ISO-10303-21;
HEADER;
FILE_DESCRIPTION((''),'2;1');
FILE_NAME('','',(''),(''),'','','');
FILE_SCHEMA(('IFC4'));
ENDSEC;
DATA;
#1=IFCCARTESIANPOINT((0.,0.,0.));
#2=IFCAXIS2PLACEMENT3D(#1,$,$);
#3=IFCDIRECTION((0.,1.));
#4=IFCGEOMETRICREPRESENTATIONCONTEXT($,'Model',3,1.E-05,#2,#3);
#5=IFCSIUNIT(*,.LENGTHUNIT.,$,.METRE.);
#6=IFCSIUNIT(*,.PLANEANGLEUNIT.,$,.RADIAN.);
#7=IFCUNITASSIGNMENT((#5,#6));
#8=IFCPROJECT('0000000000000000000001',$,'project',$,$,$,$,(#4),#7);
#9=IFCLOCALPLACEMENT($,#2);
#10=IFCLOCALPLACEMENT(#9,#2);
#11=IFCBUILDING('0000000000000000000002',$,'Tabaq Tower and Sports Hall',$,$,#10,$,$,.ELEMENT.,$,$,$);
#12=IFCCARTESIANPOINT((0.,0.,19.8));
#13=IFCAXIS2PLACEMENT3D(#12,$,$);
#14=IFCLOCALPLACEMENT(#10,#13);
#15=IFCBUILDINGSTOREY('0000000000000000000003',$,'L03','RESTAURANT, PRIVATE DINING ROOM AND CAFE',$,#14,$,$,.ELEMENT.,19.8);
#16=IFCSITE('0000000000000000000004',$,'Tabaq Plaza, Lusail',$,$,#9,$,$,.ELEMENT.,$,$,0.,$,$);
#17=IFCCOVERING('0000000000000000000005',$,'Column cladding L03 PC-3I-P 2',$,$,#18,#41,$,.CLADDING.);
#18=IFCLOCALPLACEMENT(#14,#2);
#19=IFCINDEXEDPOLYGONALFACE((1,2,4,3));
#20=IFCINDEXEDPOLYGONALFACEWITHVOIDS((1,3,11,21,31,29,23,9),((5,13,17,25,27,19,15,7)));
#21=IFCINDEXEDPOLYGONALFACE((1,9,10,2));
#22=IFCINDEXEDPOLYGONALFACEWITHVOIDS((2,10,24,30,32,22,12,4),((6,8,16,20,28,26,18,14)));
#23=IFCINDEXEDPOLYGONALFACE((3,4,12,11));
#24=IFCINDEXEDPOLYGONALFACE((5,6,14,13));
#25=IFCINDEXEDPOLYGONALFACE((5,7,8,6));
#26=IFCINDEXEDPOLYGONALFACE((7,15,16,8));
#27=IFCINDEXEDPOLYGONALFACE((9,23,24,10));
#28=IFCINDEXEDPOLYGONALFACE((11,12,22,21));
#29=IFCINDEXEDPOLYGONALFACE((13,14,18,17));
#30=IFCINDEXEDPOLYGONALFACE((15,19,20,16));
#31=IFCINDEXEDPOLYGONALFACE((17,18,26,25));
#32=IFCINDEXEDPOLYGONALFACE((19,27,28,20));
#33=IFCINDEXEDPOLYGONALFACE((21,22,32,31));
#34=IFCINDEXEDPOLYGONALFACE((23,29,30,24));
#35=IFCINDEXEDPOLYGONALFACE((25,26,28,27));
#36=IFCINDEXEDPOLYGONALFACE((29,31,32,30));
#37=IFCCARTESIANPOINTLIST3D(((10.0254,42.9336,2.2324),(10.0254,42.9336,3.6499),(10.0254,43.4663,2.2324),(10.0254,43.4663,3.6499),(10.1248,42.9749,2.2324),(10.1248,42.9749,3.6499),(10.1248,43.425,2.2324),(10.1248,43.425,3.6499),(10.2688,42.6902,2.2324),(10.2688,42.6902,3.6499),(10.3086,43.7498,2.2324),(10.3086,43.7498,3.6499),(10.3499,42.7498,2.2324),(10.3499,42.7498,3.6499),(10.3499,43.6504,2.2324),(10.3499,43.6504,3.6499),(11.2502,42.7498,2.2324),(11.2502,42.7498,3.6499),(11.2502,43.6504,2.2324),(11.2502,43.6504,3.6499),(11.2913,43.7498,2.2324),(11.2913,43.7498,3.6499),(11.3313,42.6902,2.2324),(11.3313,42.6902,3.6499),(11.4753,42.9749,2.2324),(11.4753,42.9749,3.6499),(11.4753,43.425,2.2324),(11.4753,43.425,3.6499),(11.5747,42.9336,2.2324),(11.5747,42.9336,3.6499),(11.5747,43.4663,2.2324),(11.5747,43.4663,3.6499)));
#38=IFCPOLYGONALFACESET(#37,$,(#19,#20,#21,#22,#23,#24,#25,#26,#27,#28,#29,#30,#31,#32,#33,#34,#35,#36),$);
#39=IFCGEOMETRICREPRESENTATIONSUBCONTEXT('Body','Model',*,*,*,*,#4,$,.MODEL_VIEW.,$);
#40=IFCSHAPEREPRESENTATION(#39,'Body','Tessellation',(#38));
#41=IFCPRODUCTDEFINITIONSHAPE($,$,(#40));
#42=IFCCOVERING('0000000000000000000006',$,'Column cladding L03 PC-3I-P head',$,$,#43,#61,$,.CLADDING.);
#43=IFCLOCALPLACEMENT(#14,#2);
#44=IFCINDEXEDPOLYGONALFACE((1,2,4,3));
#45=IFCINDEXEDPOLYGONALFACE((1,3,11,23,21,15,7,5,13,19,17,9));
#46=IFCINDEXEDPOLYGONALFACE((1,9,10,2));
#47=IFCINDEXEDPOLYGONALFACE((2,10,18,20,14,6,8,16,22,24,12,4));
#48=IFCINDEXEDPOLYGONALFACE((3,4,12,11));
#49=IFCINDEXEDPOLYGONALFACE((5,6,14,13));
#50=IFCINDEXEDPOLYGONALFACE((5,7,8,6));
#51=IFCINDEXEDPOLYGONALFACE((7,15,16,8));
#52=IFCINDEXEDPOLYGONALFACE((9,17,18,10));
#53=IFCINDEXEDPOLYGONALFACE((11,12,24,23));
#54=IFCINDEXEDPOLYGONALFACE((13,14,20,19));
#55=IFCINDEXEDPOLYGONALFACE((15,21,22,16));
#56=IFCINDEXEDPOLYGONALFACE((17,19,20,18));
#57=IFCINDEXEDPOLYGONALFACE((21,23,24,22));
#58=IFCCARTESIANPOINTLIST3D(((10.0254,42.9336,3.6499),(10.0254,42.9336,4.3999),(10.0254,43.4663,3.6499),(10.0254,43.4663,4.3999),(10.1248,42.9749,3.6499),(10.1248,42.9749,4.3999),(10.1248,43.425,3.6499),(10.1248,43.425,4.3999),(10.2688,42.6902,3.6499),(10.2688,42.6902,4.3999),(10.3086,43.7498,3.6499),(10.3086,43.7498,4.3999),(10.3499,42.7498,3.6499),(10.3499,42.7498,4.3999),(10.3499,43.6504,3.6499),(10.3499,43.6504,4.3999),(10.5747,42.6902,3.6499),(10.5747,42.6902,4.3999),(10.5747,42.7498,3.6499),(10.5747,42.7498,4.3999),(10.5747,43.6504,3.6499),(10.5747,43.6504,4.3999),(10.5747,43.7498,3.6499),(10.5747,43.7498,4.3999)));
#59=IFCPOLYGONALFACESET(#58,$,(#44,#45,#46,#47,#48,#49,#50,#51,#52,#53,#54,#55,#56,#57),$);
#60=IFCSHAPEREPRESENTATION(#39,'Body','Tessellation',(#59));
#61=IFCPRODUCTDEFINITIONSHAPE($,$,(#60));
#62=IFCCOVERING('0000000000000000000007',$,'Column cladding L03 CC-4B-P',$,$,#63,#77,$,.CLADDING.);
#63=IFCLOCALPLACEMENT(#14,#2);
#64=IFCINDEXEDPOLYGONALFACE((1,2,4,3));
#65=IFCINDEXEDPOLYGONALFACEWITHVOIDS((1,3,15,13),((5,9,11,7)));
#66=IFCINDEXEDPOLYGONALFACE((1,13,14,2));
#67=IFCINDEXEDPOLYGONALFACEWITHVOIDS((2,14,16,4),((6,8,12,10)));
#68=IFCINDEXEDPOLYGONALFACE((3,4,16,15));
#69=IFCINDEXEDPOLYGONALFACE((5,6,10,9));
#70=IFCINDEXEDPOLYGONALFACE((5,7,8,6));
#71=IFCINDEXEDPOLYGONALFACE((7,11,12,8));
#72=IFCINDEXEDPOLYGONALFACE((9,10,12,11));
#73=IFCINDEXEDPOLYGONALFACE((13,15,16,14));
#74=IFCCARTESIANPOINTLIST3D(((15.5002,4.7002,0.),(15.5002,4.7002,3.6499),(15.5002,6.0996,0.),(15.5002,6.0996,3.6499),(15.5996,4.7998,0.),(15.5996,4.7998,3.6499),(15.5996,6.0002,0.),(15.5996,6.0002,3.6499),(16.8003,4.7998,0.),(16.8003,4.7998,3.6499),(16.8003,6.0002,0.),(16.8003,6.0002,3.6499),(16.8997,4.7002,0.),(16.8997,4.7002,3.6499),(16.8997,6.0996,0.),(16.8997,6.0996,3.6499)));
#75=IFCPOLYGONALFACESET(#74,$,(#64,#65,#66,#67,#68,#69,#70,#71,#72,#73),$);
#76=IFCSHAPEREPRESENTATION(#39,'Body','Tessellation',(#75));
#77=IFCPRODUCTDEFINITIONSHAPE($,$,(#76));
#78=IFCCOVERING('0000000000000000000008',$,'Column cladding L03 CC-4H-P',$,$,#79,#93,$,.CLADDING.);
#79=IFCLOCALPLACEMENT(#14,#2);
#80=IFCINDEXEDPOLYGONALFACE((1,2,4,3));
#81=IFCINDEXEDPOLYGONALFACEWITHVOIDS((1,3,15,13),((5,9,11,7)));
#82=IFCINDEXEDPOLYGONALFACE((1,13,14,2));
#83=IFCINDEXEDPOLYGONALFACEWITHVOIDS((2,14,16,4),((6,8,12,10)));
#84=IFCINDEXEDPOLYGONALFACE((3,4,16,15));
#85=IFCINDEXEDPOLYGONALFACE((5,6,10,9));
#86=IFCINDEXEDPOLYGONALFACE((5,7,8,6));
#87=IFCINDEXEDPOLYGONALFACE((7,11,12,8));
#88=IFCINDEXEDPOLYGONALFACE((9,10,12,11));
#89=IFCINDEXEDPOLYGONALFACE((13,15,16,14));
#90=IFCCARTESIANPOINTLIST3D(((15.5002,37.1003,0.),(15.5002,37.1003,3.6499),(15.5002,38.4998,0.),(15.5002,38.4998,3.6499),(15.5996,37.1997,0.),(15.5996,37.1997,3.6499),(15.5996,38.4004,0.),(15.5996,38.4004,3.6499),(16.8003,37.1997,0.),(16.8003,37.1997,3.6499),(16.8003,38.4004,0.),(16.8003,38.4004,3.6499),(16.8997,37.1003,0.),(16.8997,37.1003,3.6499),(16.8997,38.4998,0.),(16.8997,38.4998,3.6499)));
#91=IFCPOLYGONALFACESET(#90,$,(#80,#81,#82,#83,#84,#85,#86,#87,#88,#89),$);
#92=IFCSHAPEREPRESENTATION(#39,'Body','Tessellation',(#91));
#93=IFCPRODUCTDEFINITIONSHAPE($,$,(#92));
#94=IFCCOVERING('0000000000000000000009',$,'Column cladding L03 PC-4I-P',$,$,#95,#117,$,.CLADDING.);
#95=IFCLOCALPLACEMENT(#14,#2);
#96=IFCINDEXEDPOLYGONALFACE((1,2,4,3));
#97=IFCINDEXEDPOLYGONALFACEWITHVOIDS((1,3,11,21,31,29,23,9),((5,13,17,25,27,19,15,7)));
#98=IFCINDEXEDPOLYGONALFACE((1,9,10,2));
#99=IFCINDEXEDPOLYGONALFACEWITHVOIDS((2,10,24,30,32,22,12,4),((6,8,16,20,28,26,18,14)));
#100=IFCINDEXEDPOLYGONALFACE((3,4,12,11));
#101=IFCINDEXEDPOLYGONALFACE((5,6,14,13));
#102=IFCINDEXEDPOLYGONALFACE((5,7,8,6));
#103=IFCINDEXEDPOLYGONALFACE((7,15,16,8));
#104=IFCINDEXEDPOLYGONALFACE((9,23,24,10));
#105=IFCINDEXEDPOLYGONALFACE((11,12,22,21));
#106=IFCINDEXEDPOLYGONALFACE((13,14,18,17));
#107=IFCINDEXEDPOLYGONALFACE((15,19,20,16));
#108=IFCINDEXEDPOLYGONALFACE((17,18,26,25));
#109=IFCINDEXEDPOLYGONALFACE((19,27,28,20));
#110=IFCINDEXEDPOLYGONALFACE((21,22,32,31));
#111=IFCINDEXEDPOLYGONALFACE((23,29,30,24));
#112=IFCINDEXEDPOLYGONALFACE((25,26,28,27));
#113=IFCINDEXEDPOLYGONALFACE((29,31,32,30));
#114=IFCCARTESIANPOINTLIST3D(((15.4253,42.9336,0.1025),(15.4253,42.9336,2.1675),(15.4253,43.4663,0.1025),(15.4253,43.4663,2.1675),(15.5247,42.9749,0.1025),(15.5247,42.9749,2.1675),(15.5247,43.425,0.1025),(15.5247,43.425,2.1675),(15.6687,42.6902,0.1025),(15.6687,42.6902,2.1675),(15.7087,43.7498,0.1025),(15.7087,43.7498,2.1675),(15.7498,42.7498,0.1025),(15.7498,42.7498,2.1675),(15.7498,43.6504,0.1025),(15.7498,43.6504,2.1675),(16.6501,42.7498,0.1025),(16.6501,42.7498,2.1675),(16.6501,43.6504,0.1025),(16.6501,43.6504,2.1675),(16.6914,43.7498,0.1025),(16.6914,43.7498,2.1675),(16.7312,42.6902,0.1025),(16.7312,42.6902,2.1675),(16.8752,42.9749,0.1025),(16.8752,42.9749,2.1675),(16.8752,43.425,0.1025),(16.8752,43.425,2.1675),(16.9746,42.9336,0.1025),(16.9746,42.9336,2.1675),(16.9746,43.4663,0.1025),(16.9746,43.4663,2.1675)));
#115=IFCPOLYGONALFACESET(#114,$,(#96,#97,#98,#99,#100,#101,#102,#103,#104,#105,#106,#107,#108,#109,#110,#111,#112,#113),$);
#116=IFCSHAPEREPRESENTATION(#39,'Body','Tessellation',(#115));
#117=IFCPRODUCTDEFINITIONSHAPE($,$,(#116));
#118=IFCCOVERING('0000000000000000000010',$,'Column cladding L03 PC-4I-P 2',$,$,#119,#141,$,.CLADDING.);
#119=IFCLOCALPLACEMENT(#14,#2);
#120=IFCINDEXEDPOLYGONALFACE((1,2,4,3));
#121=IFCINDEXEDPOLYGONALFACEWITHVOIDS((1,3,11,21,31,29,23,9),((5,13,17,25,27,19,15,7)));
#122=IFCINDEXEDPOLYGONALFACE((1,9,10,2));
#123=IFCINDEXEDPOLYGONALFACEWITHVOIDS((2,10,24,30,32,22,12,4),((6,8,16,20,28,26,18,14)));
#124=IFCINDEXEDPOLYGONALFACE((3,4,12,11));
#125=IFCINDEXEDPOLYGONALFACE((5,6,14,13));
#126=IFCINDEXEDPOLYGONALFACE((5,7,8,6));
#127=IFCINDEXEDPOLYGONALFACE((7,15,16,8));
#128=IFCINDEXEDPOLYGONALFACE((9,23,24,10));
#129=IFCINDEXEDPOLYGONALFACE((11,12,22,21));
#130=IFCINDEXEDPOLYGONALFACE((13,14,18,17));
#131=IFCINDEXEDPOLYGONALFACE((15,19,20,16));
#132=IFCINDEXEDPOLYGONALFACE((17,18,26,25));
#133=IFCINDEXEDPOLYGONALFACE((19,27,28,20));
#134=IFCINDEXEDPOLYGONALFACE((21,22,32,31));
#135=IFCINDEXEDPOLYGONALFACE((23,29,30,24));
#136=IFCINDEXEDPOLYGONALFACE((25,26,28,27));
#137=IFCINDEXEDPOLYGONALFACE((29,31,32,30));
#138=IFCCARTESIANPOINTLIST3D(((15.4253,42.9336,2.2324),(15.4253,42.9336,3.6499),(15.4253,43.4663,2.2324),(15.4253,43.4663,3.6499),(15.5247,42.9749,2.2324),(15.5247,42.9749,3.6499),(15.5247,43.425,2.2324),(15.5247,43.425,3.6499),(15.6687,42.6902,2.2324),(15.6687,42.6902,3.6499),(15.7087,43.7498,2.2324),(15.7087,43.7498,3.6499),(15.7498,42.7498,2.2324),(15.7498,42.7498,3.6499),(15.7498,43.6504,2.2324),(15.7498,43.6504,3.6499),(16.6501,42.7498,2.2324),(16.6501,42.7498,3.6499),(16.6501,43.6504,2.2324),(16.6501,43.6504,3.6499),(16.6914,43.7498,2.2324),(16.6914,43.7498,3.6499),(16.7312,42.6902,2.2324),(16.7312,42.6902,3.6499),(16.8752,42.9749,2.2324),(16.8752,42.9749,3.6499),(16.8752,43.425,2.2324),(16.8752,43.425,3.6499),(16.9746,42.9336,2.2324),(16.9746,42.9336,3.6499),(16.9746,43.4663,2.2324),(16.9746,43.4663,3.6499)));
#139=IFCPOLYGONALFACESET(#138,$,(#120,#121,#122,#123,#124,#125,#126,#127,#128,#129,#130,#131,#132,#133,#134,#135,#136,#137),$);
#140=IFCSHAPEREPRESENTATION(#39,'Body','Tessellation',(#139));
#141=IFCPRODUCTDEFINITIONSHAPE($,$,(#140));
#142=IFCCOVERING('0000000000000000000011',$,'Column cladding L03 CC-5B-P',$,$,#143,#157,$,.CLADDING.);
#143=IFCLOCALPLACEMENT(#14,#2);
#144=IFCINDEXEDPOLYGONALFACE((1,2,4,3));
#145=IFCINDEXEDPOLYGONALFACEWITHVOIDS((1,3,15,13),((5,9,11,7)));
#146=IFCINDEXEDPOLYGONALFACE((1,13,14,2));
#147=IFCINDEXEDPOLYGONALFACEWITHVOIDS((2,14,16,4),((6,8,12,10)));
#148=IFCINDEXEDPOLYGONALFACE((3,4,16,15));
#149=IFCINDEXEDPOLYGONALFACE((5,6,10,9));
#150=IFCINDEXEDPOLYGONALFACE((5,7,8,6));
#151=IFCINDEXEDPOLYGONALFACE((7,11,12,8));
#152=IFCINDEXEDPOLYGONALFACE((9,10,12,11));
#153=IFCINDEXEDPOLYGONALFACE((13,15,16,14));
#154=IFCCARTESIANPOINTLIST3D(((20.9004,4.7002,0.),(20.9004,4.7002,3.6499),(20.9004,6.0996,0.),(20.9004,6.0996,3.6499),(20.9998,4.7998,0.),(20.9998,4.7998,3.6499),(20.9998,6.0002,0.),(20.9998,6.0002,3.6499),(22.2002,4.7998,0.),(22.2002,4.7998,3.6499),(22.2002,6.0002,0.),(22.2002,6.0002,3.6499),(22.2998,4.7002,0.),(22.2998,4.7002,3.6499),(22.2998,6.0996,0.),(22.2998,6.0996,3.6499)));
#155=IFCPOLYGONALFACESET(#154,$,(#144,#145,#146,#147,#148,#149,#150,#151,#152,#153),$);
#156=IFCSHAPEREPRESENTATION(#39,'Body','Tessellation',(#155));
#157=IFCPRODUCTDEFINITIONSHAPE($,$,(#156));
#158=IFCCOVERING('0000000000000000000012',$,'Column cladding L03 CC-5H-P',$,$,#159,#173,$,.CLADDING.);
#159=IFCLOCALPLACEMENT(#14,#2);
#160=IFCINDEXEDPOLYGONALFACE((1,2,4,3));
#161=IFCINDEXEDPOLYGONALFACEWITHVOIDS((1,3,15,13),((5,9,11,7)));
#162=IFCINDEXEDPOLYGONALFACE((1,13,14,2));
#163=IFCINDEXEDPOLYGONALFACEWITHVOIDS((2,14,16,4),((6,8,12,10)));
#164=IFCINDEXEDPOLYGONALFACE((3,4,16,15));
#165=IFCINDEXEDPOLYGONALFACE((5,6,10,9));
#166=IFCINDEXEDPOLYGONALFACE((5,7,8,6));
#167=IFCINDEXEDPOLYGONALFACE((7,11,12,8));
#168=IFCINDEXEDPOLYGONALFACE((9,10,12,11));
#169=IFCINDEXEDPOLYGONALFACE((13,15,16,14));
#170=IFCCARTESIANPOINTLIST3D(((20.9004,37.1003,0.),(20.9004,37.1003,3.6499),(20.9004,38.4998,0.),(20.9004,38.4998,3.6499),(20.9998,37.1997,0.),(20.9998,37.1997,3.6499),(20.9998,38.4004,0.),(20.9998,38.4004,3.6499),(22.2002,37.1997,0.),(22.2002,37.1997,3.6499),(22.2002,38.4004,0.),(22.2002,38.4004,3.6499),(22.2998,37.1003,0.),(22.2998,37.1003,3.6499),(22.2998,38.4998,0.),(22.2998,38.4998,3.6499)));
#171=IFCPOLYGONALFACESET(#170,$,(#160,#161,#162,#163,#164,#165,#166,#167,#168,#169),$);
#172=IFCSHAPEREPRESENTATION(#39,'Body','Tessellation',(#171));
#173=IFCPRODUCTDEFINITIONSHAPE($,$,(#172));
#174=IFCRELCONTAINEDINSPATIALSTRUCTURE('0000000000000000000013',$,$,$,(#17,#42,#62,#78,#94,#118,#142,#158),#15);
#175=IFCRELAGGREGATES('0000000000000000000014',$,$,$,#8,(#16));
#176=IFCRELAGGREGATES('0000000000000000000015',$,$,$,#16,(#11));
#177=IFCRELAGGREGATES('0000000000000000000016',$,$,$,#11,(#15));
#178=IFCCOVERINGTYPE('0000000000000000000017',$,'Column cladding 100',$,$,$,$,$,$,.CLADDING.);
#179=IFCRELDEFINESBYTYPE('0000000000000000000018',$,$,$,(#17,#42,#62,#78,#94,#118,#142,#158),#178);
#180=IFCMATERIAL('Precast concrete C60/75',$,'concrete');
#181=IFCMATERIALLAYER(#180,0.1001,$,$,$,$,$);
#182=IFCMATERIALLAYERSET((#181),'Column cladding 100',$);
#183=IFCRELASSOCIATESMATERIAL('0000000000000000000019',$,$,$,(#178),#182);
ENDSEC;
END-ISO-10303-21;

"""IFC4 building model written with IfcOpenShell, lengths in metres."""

from ifc_helpers import new_model, si_unit, direction, frame, origin, place, context, subcontext, project, spatial, polyline, outline, extrude, material, layer, layer_set, type_object, element, save


model = new_model("IFC4")

# Units and contexts
model_context = context("Model", 3, precision=1e-05, world=origin(), true_north=direction((0.0, 1.0)))
body_context = subcontext(model_context, "Body", "Model", "MODEL_VIEW")
ifc_project = project(units=[si_unit("LENGTHUNIT", "METRE"), si_unit("PLANEANGLEUNIT", "RADIAN")], contexts=[model_context])

# Site, building, storey
site_placement = place(None, origin())
site = spatial("IfcSite", under=ifc_project, at=site_placement, Name="Tabaq Plaza, Lusail", CompositionType="ELEMENT", RefElevation=0.0)
building_placement = place(site_placement, origin())
building = spatial("IfcBuilding", under=site, at=building_placement, Name="Tabaq Tower and Sports Hall", CompositionType="ELEMENT")
storey_placement = place(building_placement, frame((0.0, 0.0, 19.8)))
storey = spatial("IfcBuildingStorey", under=building, at=storey_placement, Name="L03", Description="RESTAURANT, PRIVATE DINING ROOM AND CAFE", CompositionType="ELEMENT", Elevation=19.8)

# Coverings
ifc_material = material(Name="Precast concrete C60/75", Category="concrete")
ifc_layer = layer(ifc_material, 0.1001)
ifc_layer_set = layer_set([ifc_layer], Name="Column cladding 100")
covering_type = type_object("IfcCoveringType", Name="Column cladding 100", PredefinedType="CLADDING", material=ifc_layer_set)
covering_1_placement = place(storey_placement, frame((0.0, 0.0, 2.2324)))
element("IfcCovering", 1, at=covering_1_placement, inside=storey, type_object=covering_type, Name="Column cladding L03 PC-3I-P 2", PredefinedType="CLADDING", context=body_context, shape_type="SweptSolid", body=[
    extrude(outline(polyline([(10.0254, 43.4663), (10.3086, 43.7498), (11.2913, 43.7498), (11.5747, 43.4663), (11.5747, 42.9336), (11.3313, 42.6902), (10.2688, 42.6902), (10.0254, 42.9336), (10.0254, 43.4663)]), holes=[polyline([(11.4753, 42.9749), (11.4753, 43.425), (11.2502, 43.6504), (10.3499, 43.6504), (10.1248, 43.425), (10.1248, 42.9749), (10.3499, 42.7498), (11.2502, 42.7498), (11.4753, 42.9749)])]), origin(), (0.0, 0.0, 1.0), 1.4175),
])
covering_2_placement = place(storey_placement, frame((0.0, 0.0, 3.6499)))
element("IfcCovering", 2, at=covering_2_placement, inside=storey, type_object=covering_type, Name="Column cladding L03 PC-3I-P head", PredefinedType="CLADDING", context=body_context, shape_type="SweptSolid", body=[
    extrude(outline(polyline([(10.3086, 43.7498), (10.5747, 43.7498), (10.5747, 43.6504), (10.3499, 43.6504), (10.1248, 43.425), (10.1248, 42.9749), (10.3499, 42.7498), (10.5747, 42.7498), (10.5747, 42.6902), (10.2688, 42.6902), (10.0254, 42.9336), (10.0254, 43.4663), (10.3086, 43.7498)])), origin(), (0.0, 0.0, 1.0), 0.75),
])
covering_3_placement = place(storey_placement, origin())
element("IfcCovering", 3, at=covering_3_placement, inside=storey, type_object=covering_type, Name="Column cladding L03 CC-4B-P", PredefinedType="CLADDING", context=body_context, shape_type="SweptSolid", body=[
    extrude(outline(polyline([(15.5002, 6.0996), (16.8997, 6.0996), (16.8997, 4.7002), (15.5002, 4.7002), (15.5002, 6.0996)]), holes=[polyline([(16.8003, 4.7998), (16.8003, 6.0002), (15.5996, 6.0002), (15.5996, 4.7998), (16.8003, 4.7998)])]), origin(), (0.0, 0.0, 1.0), 3.6499),
])
covering_4_placement = place(storey_placement, origin())
element("IfcCovering", 4, at=covering_4_placement, inside=storey, type_object=covering_type, Name="Column cladding L03 CC-4H-P", PredefinedType="CLADDING", context=body_context, shape_type="SweptSolid", body=[
    extrude(outline(polyline([(15.5002, 38.4998), (16.8997, 38.4998), (16.8997, 37.1003), (15.5002, 37.1003), (15.5002, 38.4998)]), holes=[polyline([(16.8003, 37.1997), (16.8003, 38.4004), (15.5996, 38.4004), (15.5996, 37.1997), (16.8003, 37.1997)])]), origin(), (0.0, 0.0, 1.0), 3.6499),
])
covering_5_placement = place(storey_placement, frame((0.0, 0.0, 0.1025)))
element("IfcCovering", 5, at=covering_5_placement, inside=storey, type_object=covering_type, Name="Column cladding L03 PC-4I-P", PredefinedType="CLADDING", context=body_context, shape_type="SweptSolid", body=[
    extrude(outline(polyline([(15.4253, 43.4663), (15.7087, 43.7498), (16.6914, 43.7498), (16.9746, 43.4663), (16.9746, 42.9336), (16.7312, 42.6902), (15.6687, 42.6902), (15.4253, 42.9336), (15.4253, 43.4663)]), holes=[polyline([(16.8752, 42.9749), (16.8752, 43.425), (16.6501, 43.6504), (15.7498, 43.6504), (15.5247, 43.425), (15.5247, 42.9749), (15.7498, 42.7498), (16.6501, 42.7498), (16.8752, 42.9749)])]), origin(), (0.0, 0.0, 1.0), 2.0649),
])
covering_6_placement = place(storey_placement, frame((0.0, 0.0, 2.2324)))
element("IfcCovering", 6, at=covering_6_placement, inside=storey, type_object=covering_type, Name="Column cladding L03 PC-4I-P 2", PredefinedType="CLADDING", context=body_context, shape_type="SweptSolid", body=[
    extrude(outline(polyline([(15.4253, 43.4663), (15.7087, 43.7498), (16.6914, 43.7498), (16.9746, 43.4663), (16.9746, 42.9336), (16.7312, 42.6902), (15.6687, 42.6902), (15.4253, 42.9336), (15.4253, 43.4663)]), holes=[polyline([(16.8752, 42.9749), (16.8752, 43.425), (16.6501, 43.6504), (15.7498, 43.6504), (15.5247, 43.425), (15.5247, 42.9749), (15.7498, 42.7498), (16.6501, 42.7498), (16.8752, 42.9749)])]), origin(), (0.0, 0.0, 1.0), 1.4175),
])
covering_7_placement = place(storey_placement, origin())
element("IfcCovering", 7, at=covering_7_placement, inside=storey, type_object=covering_type, Name="Column cladding L03 CC-5B-P", PredefinedType="CLADDING", context=body_context, shape_type="SweptSolid", body=[
    extrude(outline(polyline([(20.9004, 6.0996), (22.2998, 6.0996), (22.2998, 4.7002), (20.9004, 4.7002), (20.9004, 6.0996)]), holes=[polyline([(22.2002, 4.7998), (22.2002, 6.0002), (20.9998, 6.0002), (20.9998, 4.7998), (22.2002, 4.7998)])]), origin(), (0.0, 0.0, 1.0), 3.6499),
])
covering_8_placement = place(storey_placement, origin())
element("IfcCovering", 8, at=covering_8_placement, inside=storey, type_object=covering_type, Name="Column cladding L03 CC-5H-P", PredefinedType="CLADDING", context=body_context, shape_type="SweptSolid", body=[
    extrude(outline(polyline([(20.9004, 38.4998), (22.2998, 38.4998), (22.2998, 37.1003), (20.9004, 37.1003), (20.9004, 38.4998)]), holes=[polyline([(22.2002, 37.1997), (22.2002, 38.4004), (20.9998, 38.4004), (20.9998, 37.1997), (22.2002, 37.1997)])]), origin(), (0.0, 0.0, 1.0), 3.6499),
])

save(model, "model.ifc")
